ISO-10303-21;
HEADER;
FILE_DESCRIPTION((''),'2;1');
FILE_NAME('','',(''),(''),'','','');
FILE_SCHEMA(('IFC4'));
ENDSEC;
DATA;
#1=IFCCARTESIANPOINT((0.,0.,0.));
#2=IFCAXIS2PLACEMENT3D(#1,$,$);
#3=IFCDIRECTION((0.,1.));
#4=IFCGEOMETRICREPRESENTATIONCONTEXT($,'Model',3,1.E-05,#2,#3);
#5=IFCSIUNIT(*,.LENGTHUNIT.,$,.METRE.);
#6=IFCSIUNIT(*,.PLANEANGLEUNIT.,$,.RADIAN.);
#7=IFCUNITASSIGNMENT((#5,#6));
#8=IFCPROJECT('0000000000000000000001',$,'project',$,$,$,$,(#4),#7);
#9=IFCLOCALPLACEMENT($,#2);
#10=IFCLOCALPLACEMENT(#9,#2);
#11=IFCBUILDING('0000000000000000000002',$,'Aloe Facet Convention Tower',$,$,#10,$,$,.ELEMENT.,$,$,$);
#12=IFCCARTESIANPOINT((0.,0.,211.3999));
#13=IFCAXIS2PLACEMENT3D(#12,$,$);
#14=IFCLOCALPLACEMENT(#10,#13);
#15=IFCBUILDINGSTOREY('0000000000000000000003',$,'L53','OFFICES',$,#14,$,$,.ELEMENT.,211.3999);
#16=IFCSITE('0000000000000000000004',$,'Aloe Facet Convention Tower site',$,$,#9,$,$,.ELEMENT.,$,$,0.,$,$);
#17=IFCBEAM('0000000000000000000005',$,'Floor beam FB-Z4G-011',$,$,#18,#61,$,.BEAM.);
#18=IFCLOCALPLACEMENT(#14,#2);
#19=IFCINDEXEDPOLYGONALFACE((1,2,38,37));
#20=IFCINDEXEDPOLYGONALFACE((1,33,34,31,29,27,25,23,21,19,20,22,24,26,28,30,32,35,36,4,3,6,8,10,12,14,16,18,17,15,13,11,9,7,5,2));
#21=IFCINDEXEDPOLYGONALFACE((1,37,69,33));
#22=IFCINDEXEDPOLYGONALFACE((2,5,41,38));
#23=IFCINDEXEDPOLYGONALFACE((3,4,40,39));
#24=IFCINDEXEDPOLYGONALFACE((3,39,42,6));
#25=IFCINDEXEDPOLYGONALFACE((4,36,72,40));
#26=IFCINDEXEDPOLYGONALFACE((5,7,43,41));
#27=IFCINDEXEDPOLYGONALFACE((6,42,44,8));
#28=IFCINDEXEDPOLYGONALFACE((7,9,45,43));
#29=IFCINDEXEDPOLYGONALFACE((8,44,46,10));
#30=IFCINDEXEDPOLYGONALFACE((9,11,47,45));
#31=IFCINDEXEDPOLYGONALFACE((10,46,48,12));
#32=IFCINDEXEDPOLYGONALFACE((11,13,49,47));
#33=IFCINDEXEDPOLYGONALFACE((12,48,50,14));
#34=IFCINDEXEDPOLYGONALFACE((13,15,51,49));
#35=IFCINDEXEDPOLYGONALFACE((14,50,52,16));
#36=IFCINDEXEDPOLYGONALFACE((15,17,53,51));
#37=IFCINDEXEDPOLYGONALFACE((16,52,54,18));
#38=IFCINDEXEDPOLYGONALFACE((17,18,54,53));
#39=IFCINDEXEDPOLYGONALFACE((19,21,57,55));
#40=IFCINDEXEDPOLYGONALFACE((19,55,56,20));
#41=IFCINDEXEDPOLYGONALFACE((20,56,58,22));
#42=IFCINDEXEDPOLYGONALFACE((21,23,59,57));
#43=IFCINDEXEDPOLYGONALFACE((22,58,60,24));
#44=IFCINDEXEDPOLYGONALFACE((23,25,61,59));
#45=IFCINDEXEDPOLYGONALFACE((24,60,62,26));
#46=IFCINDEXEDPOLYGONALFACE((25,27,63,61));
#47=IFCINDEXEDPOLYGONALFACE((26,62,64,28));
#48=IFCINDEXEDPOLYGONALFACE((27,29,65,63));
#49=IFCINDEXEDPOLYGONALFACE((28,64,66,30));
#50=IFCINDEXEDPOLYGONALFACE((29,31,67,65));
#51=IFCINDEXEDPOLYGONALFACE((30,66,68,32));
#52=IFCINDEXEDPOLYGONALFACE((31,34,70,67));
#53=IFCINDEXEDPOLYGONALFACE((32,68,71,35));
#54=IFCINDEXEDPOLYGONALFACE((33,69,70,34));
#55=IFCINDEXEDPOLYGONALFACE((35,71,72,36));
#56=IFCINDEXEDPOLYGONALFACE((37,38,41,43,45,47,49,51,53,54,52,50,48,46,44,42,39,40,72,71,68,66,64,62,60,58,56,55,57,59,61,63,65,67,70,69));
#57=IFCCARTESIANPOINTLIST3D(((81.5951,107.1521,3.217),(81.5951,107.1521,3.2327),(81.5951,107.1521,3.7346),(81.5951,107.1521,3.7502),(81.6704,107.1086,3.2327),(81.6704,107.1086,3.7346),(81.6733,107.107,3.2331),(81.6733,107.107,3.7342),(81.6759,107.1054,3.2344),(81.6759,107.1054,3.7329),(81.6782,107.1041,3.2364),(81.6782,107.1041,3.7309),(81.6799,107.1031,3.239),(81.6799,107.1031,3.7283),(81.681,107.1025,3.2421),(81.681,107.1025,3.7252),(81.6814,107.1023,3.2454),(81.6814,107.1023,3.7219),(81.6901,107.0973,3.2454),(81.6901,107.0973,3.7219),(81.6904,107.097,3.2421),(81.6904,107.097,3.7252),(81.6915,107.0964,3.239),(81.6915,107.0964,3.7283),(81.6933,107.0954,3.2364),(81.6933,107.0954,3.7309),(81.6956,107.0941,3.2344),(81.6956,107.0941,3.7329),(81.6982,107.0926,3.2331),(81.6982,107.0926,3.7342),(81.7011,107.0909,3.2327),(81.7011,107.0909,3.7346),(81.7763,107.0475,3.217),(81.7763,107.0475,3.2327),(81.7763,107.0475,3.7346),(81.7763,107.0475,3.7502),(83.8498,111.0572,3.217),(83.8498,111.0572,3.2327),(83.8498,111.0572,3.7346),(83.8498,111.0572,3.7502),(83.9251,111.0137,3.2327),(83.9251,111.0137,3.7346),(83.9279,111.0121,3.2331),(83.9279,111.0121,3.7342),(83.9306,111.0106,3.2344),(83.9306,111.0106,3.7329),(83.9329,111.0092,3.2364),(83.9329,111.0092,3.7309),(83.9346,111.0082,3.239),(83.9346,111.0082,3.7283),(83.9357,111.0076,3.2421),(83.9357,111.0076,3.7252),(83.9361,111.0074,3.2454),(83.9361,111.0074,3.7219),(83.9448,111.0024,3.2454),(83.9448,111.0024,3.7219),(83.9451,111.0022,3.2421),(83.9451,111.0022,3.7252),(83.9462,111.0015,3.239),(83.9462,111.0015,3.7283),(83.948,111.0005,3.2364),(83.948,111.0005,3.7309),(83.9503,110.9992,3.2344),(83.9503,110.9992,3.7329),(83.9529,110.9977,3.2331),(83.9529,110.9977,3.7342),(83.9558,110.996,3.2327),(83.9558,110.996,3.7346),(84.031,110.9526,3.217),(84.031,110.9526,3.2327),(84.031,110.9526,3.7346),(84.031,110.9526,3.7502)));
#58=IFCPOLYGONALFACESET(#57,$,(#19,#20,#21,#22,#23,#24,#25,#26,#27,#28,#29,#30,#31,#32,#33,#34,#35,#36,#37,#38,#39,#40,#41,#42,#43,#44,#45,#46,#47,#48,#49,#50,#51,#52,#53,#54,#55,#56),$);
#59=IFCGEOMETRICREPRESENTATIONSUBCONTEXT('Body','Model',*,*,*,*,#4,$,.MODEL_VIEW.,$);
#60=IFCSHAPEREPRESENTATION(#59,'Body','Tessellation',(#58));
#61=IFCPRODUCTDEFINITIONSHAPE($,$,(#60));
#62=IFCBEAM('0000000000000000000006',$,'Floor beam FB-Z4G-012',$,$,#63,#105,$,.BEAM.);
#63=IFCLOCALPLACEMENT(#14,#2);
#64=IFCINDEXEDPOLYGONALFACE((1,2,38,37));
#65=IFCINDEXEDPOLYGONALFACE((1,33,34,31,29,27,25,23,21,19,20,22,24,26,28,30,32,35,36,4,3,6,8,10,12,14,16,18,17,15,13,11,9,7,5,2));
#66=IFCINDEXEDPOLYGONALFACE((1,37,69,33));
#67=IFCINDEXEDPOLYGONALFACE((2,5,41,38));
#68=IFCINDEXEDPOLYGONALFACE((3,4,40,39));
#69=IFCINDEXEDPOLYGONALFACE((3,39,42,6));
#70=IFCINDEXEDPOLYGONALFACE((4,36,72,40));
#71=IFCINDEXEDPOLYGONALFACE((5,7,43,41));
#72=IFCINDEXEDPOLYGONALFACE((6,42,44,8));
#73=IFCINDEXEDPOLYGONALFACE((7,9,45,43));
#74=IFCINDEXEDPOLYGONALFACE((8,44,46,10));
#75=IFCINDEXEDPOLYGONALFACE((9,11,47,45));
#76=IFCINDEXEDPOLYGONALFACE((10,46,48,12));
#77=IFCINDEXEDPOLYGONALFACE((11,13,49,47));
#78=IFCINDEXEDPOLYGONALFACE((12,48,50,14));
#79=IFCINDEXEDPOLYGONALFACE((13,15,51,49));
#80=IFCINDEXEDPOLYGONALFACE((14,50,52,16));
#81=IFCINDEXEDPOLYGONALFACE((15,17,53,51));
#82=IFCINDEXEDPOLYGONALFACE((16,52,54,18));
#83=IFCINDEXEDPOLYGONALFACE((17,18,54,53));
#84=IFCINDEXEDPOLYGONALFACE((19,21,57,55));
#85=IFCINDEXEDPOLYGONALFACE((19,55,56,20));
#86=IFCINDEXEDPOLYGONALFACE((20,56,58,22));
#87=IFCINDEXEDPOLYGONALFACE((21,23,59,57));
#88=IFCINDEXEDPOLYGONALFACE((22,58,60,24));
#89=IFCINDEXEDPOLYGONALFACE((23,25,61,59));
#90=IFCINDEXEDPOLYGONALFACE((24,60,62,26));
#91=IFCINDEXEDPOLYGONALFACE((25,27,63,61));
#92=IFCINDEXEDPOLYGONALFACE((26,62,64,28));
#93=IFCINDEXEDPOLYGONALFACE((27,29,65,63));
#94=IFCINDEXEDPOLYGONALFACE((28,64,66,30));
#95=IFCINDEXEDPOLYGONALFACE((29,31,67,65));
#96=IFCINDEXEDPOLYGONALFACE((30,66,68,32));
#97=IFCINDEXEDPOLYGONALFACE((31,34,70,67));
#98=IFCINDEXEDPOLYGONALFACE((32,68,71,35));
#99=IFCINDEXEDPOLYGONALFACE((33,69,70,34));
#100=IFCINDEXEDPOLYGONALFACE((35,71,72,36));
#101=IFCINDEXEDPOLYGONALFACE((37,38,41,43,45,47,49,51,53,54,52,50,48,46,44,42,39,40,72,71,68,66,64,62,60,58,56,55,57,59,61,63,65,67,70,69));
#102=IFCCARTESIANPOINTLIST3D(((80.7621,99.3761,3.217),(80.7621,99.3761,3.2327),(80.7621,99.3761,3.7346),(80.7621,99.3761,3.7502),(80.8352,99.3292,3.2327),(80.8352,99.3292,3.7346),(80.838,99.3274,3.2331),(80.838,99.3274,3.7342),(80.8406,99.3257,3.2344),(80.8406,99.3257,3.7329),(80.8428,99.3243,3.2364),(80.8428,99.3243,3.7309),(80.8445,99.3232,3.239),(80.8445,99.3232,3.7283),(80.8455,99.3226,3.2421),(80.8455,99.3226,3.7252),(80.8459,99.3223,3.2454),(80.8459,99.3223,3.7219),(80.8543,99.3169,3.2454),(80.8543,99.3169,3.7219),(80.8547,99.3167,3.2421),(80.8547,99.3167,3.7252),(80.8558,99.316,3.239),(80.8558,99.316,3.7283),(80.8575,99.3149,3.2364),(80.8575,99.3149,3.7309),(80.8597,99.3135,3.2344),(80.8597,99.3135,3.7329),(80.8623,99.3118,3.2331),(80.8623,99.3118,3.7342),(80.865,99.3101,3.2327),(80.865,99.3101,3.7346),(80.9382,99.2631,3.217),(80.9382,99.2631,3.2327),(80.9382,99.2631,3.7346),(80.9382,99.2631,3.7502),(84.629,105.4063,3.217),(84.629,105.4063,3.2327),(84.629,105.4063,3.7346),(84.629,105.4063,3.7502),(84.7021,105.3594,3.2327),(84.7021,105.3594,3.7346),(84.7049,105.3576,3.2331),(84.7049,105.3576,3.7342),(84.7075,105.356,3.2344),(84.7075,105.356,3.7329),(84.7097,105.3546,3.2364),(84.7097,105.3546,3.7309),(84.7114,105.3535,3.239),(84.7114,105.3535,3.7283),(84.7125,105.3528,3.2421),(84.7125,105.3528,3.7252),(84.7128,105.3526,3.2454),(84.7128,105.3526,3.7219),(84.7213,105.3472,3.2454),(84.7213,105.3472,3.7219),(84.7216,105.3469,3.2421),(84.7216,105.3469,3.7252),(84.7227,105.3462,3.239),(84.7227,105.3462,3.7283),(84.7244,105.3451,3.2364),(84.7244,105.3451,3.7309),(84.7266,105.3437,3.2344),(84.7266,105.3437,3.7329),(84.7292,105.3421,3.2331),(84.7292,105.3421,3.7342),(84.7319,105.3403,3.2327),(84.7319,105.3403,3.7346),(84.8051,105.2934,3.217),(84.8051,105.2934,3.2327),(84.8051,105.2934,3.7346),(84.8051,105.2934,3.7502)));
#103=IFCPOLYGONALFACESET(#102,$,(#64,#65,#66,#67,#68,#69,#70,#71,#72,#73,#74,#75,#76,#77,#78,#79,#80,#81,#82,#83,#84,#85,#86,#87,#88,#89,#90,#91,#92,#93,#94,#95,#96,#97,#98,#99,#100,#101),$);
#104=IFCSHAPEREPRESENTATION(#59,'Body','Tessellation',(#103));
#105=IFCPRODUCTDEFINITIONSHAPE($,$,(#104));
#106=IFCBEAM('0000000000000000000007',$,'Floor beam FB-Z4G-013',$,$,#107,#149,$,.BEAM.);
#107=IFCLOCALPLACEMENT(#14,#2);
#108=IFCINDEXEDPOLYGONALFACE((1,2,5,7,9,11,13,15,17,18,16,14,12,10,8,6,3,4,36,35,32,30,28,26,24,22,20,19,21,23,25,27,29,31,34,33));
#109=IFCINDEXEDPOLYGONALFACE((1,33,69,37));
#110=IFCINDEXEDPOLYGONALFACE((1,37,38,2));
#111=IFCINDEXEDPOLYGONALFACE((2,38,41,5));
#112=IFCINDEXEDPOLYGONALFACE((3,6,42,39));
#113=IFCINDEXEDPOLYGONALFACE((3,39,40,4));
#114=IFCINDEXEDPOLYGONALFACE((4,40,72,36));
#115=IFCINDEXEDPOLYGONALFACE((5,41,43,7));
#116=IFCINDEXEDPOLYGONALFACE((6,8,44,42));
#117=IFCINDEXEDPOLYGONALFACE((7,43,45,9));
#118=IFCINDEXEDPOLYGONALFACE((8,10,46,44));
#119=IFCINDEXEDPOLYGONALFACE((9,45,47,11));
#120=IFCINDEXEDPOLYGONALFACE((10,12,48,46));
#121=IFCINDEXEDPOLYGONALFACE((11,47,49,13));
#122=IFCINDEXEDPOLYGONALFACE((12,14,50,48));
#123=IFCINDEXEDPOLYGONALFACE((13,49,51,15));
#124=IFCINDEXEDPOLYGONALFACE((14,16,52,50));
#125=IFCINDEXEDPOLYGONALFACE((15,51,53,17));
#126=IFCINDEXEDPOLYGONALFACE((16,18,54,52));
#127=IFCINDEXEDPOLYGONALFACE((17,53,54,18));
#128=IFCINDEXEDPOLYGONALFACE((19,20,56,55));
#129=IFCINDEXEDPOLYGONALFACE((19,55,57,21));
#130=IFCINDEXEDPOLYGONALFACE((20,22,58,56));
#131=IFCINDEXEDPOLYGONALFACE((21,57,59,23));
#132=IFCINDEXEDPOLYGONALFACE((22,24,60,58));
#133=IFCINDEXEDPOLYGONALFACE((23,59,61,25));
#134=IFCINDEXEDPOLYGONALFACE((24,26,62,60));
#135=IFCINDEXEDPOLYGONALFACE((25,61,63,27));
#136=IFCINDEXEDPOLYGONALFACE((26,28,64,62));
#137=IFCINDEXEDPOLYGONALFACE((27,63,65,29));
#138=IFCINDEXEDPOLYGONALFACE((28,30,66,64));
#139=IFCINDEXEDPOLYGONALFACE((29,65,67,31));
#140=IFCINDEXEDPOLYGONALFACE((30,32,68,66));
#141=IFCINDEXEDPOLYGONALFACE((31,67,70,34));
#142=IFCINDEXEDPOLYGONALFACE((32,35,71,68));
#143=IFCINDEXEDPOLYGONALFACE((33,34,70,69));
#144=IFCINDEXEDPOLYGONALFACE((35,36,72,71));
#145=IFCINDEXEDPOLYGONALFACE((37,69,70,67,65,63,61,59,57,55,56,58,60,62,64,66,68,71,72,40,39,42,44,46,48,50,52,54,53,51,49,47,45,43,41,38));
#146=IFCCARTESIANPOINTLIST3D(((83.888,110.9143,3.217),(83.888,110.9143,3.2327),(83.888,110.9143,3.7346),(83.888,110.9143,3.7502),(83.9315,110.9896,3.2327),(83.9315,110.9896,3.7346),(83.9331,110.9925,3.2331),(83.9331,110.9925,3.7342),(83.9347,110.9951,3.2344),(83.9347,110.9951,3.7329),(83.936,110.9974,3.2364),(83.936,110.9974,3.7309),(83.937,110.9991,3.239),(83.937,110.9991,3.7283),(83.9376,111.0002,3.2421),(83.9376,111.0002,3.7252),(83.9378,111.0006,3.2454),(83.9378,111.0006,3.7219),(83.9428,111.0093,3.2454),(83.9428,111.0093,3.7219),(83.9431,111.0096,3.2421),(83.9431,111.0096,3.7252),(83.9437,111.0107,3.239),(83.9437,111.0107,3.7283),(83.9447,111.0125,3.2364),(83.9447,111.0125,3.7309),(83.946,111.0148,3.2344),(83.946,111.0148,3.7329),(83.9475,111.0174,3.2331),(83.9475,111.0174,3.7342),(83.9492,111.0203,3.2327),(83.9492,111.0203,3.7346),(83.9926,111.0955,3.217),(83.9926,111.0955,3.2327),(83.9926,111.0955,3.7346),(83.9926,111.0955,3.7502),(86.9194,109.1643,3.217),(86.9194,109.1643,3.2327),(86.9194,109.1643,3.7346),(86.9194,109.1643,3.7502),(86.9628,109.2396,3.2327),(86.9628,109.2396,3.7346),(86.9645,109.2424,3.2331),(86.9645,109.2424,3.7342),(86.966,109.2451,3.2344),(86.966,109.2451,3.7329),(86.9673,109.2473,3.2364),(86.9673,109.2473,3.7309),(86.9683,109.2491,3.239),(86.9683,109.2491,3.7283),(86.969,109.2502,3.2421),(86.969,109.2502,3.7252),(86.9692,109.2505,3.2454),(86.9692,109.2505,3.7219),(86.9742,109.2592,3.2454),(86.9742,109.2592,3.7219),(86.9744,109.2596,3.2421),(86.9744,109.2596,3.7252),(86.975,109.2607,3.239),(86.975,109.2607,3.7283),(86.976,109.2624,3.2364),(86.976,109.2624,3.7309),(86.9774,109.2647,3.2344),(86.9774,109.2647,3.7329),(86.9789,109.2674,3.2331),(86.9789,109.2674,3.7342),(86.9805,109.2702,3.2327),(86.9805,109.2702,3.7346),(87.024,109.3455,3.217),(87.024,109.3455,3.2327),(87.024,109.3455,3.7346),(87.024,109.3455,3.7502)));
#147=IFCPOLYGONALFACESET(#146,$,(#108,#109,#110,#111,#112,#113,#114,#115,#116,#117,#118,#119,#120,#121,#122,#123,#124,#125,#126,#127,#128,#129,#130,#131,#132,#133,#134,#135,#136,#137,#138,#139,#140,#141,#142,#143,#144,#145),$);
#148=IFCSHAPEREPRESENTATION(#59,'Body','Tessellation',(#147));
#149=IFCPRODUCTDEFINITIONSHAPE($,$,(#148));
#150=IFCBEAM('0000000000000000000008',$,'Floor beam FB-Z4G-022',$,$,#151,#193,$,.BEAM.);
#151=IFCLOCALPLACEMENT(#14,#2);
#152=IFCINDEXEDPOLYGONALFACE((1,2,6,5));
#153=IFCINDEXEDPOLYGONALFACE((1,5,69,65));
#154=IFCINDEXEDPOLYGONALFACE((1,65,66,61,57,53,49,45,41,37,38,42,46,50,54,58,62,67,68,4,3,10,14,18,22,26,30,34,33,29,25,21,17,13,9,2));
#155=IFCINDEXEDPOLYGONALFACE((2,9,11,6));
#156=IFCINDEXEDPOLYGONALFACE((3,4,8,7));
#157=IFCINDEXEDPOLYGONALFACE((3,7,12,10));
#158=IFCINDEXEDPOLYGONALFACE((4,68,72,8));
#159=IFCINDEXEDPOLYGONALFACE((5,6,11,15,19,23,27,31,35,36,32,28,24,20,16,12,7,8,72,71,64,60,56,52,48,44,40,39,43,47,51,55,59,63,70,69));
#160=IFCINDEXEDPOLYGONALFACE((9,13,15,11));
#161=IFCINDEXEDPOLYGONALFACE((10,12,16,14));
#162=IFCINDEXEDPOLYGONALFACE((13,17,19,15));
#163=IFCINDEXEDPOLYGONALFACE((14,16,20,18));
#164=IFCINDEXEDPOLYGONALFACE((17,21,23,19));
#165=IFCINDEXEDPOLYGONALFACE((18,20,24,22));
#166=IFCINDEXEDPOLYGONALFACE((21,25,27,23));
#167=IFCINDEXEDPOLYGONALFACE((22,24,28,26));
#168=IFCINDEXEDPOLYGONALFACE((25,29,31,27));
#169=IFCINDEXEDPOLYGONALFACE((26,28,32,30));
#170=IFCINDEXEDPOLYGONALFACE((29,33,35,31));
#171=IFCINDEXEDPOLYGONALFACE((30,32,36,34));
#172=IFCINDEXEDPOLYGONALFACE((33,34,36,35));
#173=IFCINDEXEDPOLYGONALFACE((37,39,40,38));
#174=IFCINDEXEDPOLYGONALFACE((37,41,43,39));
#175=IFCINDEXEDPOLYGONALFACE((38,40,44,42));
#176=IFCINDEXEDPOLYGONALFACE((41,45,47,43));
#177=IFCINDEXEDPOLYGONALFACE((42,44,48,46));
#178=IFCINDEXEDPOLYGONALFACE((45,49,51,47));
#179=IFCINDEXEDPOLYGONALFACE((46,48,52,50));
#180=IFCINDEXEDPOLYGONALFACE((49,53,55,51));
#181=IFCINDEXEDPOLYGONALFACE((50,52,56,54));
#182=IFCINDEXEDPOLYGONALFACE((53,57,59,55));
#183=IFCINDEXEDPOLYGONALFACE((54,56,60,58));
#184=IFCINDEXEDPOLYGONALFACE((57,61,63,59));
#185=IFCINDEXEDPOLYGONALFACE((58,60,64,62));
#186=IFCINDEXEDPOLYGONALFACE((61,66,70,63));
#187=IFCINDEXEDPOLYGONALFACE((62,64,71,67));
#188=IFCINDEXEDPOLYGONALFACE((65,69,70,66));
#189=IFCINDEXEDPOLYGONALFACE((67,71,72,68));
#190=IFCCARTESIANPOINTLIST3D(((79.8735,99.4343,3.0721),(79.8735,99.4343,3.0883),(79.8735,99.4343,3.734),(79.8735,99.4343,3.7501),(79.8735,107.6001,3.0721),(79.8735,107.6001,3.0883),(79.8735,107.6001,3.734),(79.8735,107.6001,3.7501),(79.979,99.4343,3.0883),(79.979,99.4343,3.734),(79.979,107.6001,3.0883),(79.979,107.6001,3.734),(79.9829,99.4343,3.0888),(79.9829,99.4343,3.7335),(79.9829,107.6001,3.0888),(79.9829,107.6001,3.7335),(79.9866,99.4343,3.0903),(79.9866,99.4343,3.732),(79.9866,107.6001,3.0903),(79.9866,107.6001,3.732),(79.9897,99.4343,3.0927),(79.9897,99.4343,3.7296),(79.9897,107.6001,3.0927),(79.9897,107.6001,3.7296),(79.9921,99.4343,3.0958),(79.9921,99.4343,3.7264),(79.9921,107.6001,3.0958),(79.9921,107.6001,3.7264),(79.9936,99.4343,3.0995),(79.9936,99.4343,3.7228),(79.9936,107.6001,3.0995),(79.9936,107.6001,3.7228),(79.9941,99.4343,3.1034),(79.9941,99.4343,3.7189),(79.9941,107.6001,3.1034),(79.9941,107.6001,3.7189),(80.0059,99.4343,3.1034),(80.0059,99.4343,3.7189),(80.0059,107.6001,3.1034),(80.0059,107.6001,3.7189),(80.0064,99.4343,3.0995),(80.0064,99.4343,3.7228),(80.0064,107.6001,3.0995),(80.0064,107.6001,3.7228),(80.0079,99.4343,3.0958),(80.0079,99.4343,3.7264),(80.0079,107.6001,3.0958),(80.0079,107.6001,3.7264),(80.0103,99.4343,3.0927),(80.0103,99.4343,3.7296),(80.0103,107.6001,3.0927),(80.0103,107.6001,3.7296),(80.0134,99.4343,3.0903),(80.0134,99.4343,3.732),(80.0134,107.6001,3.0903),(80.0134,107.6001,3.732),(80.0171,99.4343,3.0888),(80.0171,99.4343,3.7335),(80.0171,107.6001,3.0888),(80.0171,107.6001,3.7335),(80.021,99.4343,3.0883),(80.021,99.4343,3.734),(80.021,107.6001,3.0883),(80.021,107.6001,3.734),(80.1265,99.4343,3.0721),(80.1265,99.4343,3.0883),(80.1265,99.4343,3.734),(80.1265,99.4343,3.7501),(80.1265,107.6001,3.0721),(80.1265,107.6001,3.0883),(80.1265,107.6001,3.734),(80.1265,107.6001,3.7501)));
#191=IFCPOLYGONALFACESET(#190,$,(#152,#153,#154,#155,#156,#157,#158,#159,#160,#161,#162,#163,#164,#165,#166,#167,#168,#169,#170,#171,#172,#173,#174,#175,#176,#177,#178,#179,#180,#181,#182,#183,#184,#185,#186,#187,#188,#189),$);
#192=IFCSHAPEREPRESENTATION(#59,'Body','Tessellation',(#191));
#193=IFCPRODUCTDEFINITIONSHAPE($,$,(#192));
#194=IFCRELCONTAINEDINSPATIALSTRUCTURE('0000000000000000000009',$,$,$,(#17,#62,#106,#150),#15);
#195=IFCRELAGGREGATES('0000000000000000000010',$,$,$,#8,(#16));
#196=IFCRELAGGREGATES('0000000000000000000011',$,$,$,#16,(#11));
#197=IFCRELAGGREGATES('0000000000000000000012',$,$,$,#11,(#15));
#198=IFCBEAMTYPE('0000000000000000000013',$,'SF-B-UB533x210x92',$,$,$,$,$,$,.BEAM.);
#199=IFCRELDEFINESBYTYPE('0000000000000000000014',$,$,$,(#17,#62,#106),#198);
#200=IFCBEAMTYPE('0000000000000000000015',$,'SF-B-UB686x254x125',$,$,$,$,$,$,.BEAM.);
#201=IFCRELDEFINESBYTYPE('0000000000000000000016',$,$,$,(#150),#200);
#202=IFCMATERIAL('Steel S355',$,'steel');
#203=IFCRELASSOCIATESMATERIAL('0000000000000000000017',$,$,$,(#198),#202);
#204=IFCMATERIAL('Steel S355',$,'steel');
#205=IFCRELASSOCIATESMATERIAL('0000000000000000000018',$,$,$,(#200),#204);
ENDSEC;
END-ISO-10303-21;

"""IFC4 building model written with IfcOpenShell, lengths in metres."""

from ifc_helpers import new_model, si_unit, direction, frame, origin, origin_2d, place, context, subcontext, project, spatial, i_section, extrude, material, material_profile, profile_set, type_object, element, save


model = new_model("IFC4")

# Units and contexts
model_context = context("Model", 3, precision=1e-05, world=origin(), true_north=direction((0.0, 1.0)))
body_context = subcontext(model_context, "Body", "Model", "MODEL_VIEW")
ifc_project = project(units=[si_unit("LENGTHUNIT", "METRE"), si_unit("PLANEANGLEUNIT", "RADIAN")], contexts=[model_context])

# Site, building, storey
site_placement = place(None, origin())
site = spatial("IfcSite", under=ifc_project, at=site_placement, Name="Aloe Facet Convention Tower site", CompositionType="ELEMENT", RefElevation=0.0)
building_placement = place(site_placement, origin())
building = spatial("IfcBuilding", under=site, at=building_placement, Name="Aloe Facet Convention Tower", CompositionType="ELEMENT")
storey_placement = place(building_placement, frame((0.0, 0.0, 211.3999)))
storey = spatial("IfcBuildingStorey", under=building, at=storey_placement, Name="L53", Description="OFFICES", CompositionType="ELEMENT", Elevation=211.3999)

# Beams
ifc_material_1 = material(Name="Steel S355", Category="steel")
ifc_material_profile_1 = material_profile(ifc_material_1, i_section(OverallWidth=0.2092, OverallDepth=0.5332, WebThickness=0.01, FlangeThickness=0.0156, FilletRadius=0.0127, at=origin_2d()), Name="UB 533x210x92")
ifc_profile_set_1 = profile_set([ifc_material_profile_1], Name="Steel S355")
beam_type_1 = type_object("IfcBeamType", Name="SF-B-UB533x210x92", PredefinedType="BEAM", material=ifc_profile_set_1)
beam_1_placement = place(storey_placement, frame((83.9404, 111.0049, 3.4836), z_axis=(-0.500011, -0.866019, 0.0), x_axis=(0.866019, -0.500011, 0.0)))
element("IfcBeam", 1, at=beam_1_placement, inside=storey, type_object=beam_type_1, Name="Floor beam FB-Z4G-011", PredefinedType="BEAM", context=body_context, shape_type="SweptSolid", body=[
    extrude(i_section(OverallWidth=0.2092, OverallDepth=0.5332, WebThickness=0.01, FlangeThickness=0.0156, FilletRadius=0.0127, at=origin_2d()), origin(), (0.0, 0.0, 1.0), 4.5093),
])
beam_2_placement = place(storey_placement, frame((84.717, 105.3499, 3.4836), z_axis=(-0.539803, -0.841791, 0.0), x_axis=(0.841791, -0.539803, 0.0)))
element("IfcBeam", 2, at=beam_2_placement, inside=storey, type_object=beam_type_1, Name="Floor beam FB-Z4G-012", PredefinedType="BEAM", context=body_context, shape_type="SweptSolid", body=[
    extrude(i_section(OverallWidth=0.2092, OverallDepth=0.5332, WebThickness=0.01, FlangeThickness=0.0156, FilletRadius=0.0127, at=origin_2d()), origin(), (0.0, 0.0, 1.0), 7.1636),
])
beam_3_placement = place(storey_placement, frame((86.9717, 109.2549, 3.4836), z_axis=(-0.866037, 0.49998, 0.0), x_axis=(-0.49998, -0.866037, 0.0)))
element("IfcBeam", 3, at=beam_3_placement, inside=storey, type_object=beam_type_1, Name="Floor beam FB-Z4G-013", PredefinedType="BEAM", context=body_context, shape_type="SweptSolid", body=[
    extrude(i_section(OverallWidth=0.2092, OverallDepth=0.5332, WebThickness=0.01, FlangeThickness=0.0156, FilletRadius=0.0127, at=origin_2d()), origin(), (0.0, 0.0, 1.0), 3.5002),
])
ifc_material_2 = material(Name="Steel S355", Category="steel")
ifc_material_profile_2 = material_profile(ifc_material_2, i_section(OverallWidth=0.2529, OverallDepth=0.678, WebThickness=0.0117, FlangeThickness=0.0161, FilletRadius=0.0151, at=origin_2d()), Name="UB 686x254x125")
ifc_profile_set_2 = profile_set([ifc_material_profile_2], Name="Steel S355")
beam_type_2 = type_object("IfcBeamType", Name="SF-B-UB686x254x125", PredefinedType="BEAM", material=ifc_profile_set_2)
beam_4_placement = place(storey_placement, frame((80.0, 107.6001, 3.4111), z_axis=(0.0, -1.0, 0.0), x_axis=(1.0, 0.0, 0.0)))
element("IfcBeam", 4, at=beam_4_placement, inside=storey, type_object=beam_type_2, Name="Floor beam FB-Z4G-022", PredefinedType="BEAM", context=body_context, shape_type="SweptSolid", body=[
    extrude(i_section(OverallWidth=0.2529, OverallDepth=0.678, WebThickness=0.0117, FlangeThickness=0.0161, FilletRadius=0.0151, at=origin_2d()), origin(), (0.0, 0.0, 1.0), 8.1658),
])

save(model, "model.ifc")
